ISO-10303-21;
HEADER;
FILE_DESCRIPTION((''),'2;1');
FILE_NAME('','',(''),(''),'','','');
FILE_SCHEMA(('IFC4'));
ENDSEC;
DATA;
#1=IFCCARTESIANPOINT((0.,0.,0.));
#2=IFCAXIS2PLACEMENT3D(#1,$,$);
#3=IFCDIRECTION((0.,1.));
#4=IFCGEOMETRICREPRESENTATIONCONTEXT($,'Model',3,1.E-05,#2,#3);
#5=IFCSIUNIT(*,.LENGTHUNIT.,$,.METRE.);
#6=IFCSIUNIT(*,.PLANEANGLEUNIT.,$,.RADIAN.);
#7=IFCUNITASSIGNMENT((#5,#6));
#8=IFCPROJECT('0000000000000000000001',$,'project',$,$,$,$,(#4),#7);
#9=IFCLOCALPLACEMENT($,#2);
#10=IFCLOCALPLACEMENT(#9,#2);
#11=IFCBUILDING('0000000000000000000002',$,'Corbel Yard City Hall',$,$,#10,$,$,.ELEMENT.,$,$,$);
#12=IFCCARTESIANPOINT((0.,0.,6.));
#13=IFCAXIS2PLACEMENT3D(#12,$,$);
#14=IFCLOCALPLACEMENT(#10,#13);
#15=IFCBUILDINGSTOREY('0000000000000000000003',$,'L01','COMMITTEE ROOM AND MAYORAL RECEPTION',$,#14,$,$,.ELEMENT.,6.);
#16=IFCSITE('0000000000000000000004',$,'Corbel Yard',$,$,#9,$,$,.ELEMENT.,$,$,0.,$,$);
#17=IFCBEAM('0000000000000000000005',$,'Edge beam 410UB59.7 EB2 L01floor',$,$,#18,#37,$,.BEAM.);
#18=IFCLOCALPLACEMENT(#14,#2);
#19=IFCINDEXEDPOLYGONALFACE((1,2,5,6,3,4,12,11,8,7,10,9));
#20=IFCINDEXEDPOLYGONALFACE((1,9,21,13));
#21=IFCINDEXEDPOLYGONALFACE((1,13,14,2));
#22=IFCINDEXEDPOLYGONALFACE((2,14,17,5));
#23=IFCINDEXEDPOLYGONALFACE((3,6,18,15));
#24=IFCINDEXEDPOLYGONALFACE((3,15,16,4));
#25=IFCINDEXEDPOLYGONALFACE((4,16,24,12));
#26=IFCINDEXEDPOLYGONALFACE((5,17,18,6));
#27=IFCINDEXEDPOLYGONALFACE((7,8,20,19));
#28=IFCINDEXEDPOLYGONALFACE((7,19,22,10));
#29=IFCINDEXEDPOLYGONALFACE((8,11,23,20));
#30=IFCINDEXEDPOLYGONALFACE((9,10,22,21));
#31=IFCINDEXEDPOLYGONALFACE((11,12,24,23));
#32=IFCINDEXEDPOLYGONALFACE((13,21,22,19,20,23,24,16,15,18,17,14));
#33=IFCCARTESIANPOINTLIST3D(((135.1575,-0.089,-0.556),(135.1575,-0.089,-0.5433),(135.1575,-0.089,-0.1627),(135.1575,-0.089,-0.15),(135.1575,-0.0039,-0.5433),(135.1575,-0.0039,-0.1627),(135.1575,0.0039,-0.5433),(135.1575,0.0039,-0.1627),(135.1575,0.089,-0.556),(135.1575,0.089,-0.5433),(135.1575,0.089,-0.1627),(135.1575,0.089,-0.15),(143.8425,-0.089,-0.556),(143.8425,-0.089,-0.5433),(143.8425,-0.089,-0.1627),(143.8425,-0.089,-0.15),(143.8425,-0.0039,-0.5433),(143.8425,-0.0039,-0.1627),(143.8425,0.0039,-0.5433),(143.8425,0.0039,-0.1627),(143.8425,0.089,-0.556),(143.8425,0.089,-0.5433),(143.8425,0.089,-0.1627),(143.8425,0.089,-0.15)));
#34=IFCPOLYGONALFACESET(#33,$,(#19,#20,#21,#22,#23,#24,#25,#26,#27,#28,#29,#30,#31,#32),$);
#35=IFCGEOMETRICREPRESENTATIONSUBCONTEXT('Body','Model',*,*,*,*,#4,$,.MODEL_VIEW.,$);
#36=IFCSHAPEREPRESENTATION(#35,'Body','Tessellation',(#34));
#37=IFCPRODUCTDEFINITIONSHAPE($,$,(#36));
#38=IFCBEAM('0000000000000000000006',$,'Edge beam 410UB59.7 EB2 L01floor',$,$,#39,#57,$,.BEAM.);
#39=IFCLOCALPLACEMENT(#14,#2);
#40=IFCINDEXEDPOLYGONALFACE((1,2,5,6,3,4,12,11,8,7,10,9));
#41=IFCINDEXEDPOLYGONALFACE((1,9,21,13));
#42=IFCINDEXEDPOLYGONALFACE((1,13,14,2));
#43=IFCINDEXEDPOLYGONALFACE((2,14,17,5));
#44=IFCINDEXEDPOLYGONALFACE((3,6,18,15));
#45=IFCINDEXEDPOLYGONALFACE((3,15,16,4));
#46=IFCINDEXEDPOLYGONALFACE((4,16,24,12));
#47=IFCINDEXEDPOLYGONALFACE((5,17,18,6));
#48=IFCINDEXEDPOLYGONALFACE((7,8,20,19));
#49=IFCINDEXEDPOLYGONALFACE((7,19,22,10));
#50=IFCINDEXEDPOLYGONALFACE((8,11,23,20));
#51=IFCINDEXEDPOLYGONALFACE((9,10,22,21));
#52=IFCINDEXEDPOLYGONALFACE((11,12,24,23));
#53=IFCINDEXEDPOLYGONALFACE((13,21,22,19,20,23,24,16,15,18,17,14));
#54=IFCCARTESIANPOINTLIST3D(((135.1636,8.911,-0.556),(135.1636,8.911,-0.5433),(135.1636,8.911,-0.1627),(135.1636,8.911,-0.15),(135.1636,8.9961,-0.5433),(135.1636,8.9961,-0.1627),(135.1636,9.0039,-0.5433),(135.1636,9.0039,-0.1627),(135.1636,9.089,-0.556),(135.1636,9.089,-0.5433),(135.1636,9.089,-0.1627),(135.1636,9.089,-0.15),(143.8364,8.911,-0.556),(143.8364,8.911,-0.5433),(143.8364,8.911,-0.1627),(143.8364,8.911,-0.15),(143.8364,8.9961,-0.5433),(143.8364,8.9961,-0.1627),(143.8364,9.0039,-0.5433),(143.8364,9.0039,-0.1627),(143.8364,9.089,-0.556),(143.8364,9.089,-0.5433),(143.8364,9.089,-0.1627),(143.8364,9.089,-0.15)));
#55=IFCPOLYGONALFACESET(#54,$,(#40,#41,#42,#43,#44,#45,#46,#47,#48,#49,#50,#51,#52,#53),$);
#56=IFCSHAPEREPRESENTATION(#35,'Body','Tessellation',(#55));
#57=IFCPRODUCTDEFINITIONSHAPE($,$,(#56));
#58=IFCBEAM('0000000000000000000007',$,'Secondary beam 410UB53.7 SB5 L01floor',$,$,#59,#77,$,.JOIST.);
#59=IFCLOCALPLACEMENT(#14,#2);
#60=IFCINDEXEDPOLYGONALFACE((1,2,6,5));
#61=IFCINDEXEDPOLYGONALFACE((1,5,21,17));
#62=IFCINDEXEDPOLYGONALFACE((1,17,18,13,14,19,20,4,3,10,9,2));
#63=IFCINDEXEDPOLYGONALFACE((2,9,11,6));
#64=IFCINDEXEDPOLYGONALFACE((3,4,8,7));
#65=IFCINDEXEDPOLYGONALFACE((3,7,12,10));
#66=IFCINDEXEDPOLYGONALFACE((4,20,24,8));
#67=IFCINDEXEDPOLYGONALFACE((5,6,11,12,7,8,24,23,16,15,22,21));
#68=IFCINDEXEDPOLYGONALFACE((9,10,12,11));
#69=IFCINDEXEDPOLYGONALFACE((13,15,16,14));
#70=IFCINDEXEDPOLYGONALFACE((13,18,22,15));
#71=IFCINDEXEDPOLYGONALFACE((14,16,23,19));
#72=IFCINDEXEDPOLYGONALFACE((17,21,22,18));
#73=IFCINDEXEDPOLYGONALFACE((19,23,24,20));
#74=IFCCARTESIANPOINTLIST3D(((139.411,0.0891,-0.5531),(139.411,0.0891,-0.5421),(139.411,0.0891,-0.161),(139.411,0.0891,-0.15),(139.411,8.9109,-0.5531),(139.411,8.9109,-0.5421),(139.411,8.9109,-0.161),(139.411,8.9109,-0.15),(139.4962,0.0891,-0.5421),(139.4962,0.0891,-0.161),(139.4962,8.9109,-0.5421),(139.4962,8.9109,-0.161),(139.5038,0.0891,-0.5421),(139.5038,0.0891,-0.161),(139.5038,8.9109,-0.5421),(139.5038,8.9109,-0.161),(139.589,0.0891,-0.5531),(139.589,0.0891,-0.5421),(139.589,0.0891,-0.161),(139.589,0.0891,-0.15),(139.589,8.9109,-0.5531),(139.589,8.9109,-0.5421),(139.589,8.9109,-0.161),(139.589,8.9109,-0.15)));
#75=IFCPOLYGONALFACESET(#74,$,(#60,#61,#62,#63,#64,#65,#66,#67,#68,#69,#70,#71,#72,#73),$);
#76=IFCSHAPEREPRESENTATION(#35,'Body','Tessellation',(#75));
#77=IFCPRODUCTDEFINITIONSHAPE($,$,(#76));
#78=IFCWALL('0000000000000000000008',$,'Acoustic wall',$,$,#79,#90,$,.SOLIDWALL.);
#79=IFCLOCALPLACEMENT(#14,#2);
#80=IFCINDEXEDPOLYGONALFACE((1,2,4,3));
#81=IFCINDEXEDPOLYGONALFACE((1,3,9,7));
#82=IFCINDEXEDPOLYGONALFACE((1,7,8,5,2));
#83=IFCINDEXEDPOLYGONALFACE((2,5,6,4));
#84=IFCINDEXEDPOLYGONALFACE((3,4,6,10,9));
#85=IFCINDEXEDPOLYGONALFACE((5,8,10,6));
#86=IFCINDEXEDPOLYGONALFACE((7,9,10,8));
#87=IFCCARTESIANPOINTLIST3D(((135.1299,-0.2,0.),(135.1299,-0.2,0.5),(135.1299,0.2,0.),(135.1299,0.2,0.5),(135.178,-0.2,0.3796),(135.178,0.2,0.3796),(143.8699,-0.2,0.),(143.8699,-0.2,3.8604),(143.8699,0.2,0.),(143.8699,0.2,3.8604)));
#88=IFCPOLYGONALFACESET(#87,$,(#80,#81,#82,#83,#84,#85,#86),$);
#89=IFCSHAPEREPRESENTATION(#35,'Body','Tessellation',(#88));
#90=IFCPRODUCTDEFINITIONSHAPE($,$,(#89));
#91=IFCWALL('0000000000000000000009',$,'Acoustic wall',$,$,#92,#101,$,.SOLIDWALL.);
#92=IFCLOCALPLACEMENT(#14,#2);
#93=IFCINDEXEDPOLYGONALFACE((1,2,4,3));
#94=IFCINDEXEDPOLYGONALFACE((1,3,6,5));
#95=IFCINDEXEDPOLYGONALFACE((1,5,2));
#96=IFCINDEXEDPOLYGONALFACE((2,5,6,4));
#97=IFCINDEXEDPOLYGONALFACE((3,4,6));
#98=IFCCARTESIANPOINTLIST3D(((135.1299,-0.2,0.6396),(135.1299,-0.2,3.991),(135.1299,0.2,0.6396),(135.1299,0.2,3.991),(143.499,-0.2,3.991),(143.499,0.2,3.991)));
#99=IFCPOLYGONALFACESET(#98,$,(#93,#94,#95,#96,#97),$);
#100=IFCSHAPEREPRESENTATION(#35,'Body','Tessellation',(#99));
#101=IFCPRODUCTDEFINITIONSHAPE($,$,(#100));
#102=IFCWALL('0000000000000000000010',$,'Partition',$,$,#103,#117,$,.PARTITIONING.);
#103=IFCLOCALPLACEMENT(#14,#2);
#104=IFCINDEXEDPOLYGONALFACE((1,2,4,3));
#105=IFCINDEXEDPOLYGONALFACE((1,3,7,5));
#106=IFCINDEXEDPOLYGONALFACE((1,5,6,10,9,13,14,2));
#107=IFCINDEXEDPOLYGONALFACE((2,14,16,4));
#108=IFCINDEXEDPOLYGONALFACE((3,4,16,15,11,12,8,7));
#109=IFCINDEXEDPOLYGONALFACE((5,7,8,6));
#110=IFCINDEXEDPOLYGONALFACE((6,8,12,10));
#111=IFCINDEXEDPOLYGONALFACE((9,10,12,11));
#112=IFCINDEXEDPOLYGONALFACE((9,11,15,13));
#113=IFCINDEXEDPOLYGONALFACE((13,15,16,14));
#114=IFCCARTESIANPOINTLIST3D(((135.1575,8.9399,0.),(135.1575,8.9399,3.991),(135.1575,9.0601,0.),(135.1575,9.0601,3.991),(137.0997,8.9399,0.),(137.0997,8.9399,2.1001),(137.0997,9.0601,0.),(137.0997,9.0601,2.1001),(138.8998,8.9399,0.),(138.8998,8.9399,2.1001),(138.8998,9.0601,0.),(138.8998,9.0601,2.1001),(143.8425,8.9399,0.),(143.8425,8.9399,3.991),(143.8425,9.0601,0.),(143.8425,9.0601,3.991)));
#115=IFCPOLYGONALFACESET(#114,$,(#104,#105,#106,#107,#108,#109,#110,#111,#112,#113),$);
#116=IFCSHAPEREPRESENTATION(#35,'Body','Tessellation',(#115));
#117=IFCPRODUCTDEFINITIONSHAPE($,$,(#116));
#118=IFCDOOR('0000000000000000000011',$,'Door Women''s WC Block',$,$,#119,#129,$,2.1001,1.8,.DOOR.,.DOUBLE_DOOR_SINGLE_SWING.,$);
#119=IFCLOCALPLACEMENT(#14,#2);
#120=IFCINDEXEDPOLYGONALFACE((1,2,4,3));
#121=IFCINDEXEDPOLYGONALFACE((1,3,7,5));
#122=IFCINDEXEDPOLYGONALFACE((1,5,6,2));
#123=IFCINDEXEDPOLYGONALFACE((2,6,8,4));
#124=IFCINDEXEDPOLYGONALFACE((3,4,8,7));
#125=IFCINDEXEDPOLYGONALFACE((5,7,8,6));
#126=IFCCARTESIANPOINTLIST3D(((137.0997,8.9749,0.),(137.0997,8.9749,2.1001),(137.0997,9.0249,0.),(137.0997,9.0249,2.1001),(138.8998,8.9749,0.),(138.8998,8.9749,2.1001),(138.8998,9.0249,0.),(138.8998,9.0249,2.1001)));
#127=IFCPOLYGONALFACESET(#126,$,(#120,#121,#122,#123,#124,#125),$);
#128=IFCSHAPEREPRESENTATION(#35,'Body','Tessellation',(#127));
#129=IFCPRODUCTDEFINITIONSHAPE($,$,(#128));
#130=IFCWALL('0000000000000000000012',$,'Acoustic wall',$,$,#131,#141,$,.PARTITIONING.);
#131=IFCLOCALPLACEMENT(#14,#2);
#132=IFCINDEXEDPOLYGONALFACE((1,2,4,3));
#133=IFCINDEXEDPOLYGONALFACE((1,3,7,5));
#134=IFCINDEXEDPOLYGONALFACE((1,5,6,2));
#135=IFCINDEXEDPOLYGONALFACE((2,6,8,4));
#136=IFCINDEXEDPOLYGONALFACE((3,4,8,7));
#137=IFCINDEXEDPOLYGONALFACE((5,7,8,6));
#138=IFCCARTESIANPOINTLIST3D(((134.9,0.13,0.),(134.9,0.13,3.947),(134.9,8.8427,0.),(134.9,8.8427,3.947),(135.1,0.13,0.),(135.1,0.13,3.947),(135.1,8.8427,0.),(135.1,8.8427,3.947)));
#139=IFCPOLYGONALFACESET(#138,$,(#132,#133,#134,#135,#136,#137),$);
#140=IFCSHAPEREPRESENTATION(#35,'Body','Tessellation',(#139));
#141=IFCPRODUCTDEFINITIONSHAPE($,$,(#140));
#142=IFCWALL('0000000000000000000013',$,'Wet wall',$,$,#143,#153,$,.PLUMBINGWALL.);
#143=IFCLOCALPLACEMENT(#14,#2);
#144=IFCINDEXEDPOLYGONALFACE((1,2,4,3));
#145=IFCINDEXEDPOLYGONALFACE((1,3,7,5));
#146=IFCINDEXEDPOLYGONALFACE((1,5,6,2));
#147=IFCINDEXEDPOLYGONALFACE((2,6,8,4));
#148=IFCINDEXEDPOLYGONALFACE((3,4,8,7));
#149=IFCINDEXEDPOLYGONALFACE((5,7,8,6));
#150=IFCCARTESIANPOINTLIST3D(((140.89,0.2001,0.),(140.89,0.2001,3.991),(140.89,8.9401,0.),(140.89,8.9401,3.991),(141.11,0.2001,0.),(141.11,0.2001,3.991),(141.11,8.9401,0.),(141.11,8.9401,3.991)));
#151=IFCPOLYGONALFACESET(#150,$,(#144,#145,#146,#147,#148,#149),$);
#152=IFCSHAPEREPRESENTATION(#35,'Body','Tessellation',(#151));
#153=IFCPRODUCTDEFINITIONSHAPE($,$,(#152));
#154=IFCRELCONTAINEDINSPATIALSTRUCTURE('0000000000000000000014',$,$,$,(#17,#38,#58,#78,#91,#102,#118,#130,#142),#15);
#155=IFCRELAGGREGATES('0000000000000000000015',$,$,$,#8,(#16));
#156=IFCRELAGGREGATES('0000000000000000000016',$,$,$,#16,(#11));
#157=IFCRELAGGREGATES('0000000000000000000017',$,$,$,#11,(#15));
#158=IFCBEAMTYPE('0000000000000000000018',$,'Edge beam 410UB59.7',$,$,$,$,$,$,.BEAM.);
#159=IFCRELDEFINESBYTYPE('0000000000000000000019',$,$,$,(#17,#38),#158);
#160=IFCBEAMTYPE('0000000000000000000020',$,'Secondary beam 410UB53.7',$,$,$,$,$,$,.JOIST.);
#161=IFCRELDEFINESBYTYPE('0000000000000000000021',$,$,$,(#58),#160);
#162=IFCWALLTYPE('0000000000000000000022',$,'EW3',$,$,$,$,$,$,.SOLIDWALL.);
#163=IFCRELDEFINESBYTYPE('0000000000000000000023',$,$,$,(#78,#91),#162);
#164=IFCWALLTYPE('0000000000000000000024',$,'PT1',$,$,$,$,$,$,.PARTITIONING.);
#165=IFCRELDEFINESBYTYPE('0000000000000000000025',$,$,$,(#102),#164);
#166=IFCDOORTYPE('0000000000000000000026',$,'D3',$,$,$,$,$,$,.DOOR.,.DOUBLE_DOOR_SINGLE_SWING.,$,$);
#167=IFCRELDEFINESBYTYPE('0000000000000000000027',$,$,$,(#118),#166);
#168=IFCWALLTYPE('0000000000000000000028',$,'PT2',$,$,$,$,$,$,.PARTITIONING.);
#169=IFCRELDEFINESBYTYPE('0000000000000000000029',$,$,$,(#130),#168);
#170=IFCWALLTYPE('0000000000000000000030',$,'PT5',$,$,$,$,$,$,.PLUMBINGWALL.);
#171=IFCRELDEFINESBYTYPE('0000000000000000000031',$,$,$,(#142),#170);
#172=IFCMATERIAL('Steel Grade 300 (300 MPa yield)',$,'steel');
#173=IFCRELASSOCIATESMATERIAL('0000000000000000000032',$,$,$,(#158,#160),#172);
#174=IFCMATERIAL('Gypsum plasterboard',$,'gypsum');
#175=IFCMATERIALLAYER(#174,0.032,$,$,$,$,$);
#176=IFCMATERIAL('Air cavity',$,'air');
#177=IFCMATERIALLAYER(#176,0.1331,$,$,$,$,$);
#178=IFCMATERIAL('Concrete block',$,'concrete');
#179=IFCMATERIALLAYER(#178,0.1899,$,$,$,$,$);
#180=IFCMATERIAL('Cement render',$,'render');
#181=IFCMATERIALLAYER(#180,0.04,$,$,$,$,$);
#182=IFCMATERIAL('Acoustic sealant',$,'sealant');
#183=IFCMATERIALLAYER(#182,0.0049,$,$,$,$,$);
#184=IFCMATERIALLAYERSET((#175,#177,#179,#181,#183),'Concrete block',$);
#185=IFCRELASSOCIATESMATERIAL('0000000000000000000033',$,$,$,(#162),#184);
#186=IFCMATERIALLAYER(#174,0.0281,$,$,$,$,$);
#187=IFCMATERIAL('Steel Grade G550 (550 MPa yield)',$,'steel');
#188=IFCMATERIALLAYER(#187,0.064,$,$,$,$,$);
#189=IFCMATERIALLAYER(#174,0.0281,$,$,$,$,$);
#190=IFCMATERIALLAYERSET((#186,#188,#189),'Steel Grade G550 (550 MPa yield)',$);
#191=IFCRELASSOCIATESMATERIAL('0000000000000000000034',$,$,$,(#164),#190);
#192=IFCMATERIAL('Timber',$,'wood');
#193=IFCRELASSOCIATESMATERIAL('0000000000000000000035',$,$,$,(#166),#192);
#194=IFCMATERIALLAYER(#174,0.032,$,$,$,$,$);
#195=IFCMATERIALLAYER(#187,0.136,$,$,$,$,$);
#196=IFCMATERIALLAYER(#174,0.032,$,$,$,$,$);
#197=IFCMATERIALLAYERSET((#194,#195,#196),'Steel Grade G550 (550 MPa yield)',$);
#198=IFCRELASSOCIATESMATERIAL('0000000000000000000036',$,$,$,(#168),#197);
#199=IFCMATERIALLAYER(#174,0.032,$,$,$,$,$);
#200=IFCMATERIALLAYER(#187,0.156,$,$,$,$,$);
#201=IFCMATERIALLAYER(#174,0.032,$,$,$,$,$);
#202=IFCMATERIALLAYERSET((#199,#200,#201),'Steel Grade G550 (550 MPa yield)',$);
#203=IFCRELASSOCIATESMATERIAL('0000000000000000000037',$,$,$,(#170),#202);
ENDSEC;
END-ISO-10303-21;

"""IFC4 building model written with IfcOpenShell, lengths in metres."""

from ifc_helpers import new_model, si_unit, direction, frame, frame_2d, origin, origin_2d, place, context, subcontext, project, spatial, polyline, rectangle, i_section, outline, extrude, material, layer, layer_set, material_profile, profile_set, type_object, element, fill, save


model = new_model("IFC4")

# Units and contexts
model_context = context("Model", 3, precision=1e-05, world=origin(), true_north=direction((0.0, 1.0)))
body_context = subcontext(model_context, "Body", "Model", "MODEL_VIEW")
ifc_project = project(units=[si_unit("LENGTHUNIT", "METRE"), si_unit("PLANEANGLEUNIT", "RADIAN")], contexts=[model_context])

# Site, building, storey
site_placement = place(None, origin())
site = spatial("IfcSite", under=ifc_project, at=site_placement, Name="Corbel Yard", CompositionType="ELEMENT", RefElevation=0.0)
building_placement = place(site_placement, origin())
building = spatial("IfcBuilding", under=site, at=building_placement, Name="Corbel Yard City Hall", CompositionType="ELEMENT")
storey_placement = place(building_placement, frame((0.0, 0.0, 6.0)))
storey = spatial("IfcBuildingStorey", under=building, at=storey_placement, Name="L01", Description="COMMITTEE ROOM AND MAYORAL RECEPTION", CompositionType="ELEMENT", Elevation=6.0)

# Shared definitions
ifc_material_1 = material(Name="Steel Grade 300 (300 MPa yield)", Category="steel")

# Beams
ifc_material_profile_1 = material_profile(ifc_material_1, i_section(OverallWidth=0.178, OverallDepth=0.406, WebThickness=0.0078, FlangeThickness=0.0127, at=origin_2d()), Name="410UB59.7")
ifc_profile_set_1 = profile_set([ifc_material_profile_1], Name="Steel Grade 300 (300 MPa yield)")
beam_type_1 = type_object("IfcBeamType", Name="Edge beam 410UB59.7", PredefinedType="BEAM", material=ifc_profile_set_1)
beam_1_placement = place(storey_placement, frame((135.1575, 0.0, -0.353), z_axis=(1.0, 0.0, 0.0), x_axis=(0.0, 1.0, 0.0)))
element("IfcBeam", 1, at=beam_1_placement, inside=storey, type_object=beam_type_1, Name="Edge beam 410UB59.7 EB2 L01floor", PredefinedType="BEAM", context=body_context, shape_type="SweptSolid", body=[
    extrude(i_section(OverallWidth=0.178, OverallDepth=0.406, WebThickness=0.0078, FlangeThickness=0.0127, at=origin_2d()), origin(), (0.0, 0.0, 1.0), 8.6851),
])
beam_2_placement = place(storey_placement, frame((135.1636, 9.0, -0.353), z_axis=(1.0, 0.0, 0.0), x_axis=(0.0, 1.0, 0.0)))
element("IfcBeam", 2, at=beam_2_placement, inside=storey, type_object=beam_type_1, Name="Edge beam 410UB59.7 EB2 L01floor", PredefinedType="BEAM", context=body_context, shape_type="SweptSolid", body=[
    extrude(i_section(OverallWidth=0.178, OverallDepth=0.406, WebThickness=0.0078, FlangeThickness=0.0127, at=origin_2d()), origin(), (0.0, 0.0, 1.0), 8.6729),
])
ifc_material_profile_2 = material_profile(ifc_material_1, i_section(OverallWidth=0.178, OverallDepth=0.4031, WebThickness=0.0076, FlangeThickness=0.011, at=origin_2d()), Name="410UB53.7")
ifc_profile_set_2 = profile_set([ifc_material_profile_2], Name="Steel Grade 300 (300 MPa yield)")
beam_type_2 = type_object("IfcBeamType", Name="Secondary beam 410UB53.7", PredefinedType="JOIST", material=ifc_profile_set_2)
beam_3_placement = place(storey_placement, frame((139.5, 0.0891, -0.3516), z_axis=(0.0, 1.0, 0.0), x_axis=(-1.0, 0.0, 0.0)))
element("IfcBeam", 3, at=beam_3_placement, inside=storey, type_object=beam_type_2, Name="Secondary beam 410UB53.7 SB5 L01floor", PredefinedType="JOIST", context=body_context, shape_type="SweptSolid", body=[
    extrude(i_section(OverallWidth=0.178, OverallDepth=0.4031, WebThickness=0.0076, FlangeThickness=0.011, at=origin_2d()), origin(), (0.0, 0.0, 1.0), 8.8218),
])

# Walls
ifc_material_2 = material(Name="Gypsum plasterboard", Category="gypsum")
ifc_layer_1 = layer(ifc_material_2, 0.032)
ifc_material_3 = material(Name="Air cavity", Category="air")
ifc_layer_2 = layer(ifc_material_3, 0.1331)
ifc_material_4 = material(Name="Concrete block", Category="concrete")
ifc_layer_3 = layer(ifc_material_4, 0.1899)
ifc_material_5 = material(Name="Cement render", Category="render")
ifc_layer_4 = layer(ifc_material_5, 0.04)
ifc_material_6 = material(Name="Acoustic sealant", Category="sealant")
ifc_layer_5 = layer(ifc_material_6, 0.0049)
ifc_layer_set_1 = layer_set([ifc_layer_1, ifc_layer_2, ifc_layer_3, ifc_layer_4, ifc_layer_5], Name="Concrete block")
wall_type_1 = type_object("IfcWallType", Name="EW3", PredefinedType="SOLIDWALL", material=ifc_layer_set_1)
wall_1_placement = place(storey_placement, frame((135.1299, 0.0, 0.0), z_axis=(0.0, 0.0, 1.0), x_axis=(1.0, 0.0, 0.0)))
element("IfcWall", 4, at=wall_1_placement, inside=storey, type_object=wall_type_1, Name="Acoustic wall", PredefinedType="SOLIDWALL", context=body_context, shape_type="SweptSolid", body=[
    extrude(outline(polyline([(8.74, 0.0), (0.0, 0.0), (0.0, 0.5), (0.0481, 0.3796), (8.74, 3.8604), (8.74, 0.0)])), frame((0.0, 0.2, 0.0), z_axis=(0.0, -1.0, 0.0), x_axis=(1.0, 0.0, 0.0)), (0.0, 0.0, 1.0), 0.3999),
])
wall_2_placement = place(storey_placement, frame((135.1299, 0.0, 0.0), z_axis=(0.0, 0.0, 1.0), x_axis=(1.0, 0.0, 0.0)))
element("IfcWall", 5, at=wall_2_placement, inside=storey, type_object=wall_type_1, Name="Acoustic wall", PredefinedType="SOLIDWALL", context=body_context, shape_type="SweptSolid", body=[
    extrude(outline(polyline([(0.0, 3.991), (8.3691, 3.991), (0.0, 0.6396), (0.0, 3.991)])), frame((0.0, 0.2, 0.0), z_axis=(0.0, -1.0, 0.0), x_axis=(1.0, 0.0, 0.0)), (0.0, 0.0, 1.0), 0.3999),
])

# Wall, opening, door
ifc_layer_6 = layer(ifc_material_2, 0.0281)
ifc_material_7 = material(Name="Steel Grade G550 (550 MPa yield)", Category="steel")
ifc_layer_7 = layer(ifc_material_7, 0.064)
ifc_layer_8 = layer(ifc_material_2, 0.0281)
ifc_layer_set_2 = layer_set([ifc_layer_6, ifc_layer_7, ifc_layer_8], Name="Steel Grade G550 (550 MPa yield)")
wall_type_2 = type_object("IfcWallType", Name="PT1", PredefinedType="PARTITIONING", material=ifc_layer_set_2)
wall_3_placement = place(storey_placement, frame((135.1575, 9.0, 0.0), z_axis=(0.0, 0.0, 1.0), x_axis=(1.0, 0.0, 0.0)))
wall_3 = element("IfcWall", 6, at=wall_3_placement, inside=storey, type_object=wall_type_2, Name="Partition", PredefinedType="PARTITIONING", context=body_context, shape_type="SweptSolid", body=[
    extrude(rectangle(XDim=8.6851, YDim=0.1201, at=frame_2d((4.3425, 0.0))), origin(), (0.0, 0.0, 1.0), 3.991),
])
opening_placement = place(wall_3_placement, frame((1.9424, 0.0, 0.0)))
opening = element("IfcOpeningElement", 7, at=opening_placement, cuts=wall_3, PredefinedType="OPENING", context=body_context, shape_type="SweptSolid", body=[
    extrude(rectangle(XDim=1.8, YDim=2.1001, at=frame_2d((0.8999, 1.05))), frame((0.0, 0.0701, 0.0), z_axis=(0.0, -1.0, 0.0), x_axis=(1.0, 0.0, 0.0)), (0.0, 0.0, 1.0), 0.1401),
])
ifc_material_8 = material(Name="Timber", Category="wood")
door_type = type_object("IfcDoorType", Name="D3", OperationType="DOUBLE_DOOR_SINGLE_SWING", PredefinedType="DOOR", material=ifc_material_8)
door_placement = place(opening_placement, origin())
door = element("IfcDoor", 8, at=door_placement, inside=storey, type_object=door_type, Name="Door Women's WC Block", OperationType="DOUBLE_DOOR_SINGLE_SWING", OverallHeight=2.1001, OverallWidth=1.8, PredefinedType="DOOR", context=body_context, shape_type="SweptSolid", body=[
    extrude(rectangle(XDim=1.8, YDim=2.1001, at=frame_2d((0.8999, 1.05))), frame((0.0, 0.0249, 0.0), z_axis=(0.0, -1.0, 0.0), x_axis=(1.0, 0.0, 0.0)), (0.0, 0.0, 1.0), 0.05),
])
fill(opening, door)

# Walls
ifc_layer_9 = layer(ifc_material_2, 0.032)
ifc_layer_10 = layer(ifc_material_7, 0.136)
ifc_layer_11 = layer(ifc_material_2, 0.032)
ifc_layer_set_3 = layer_set([ifc_layer_9, ifc_layer_10, ifc_layer_11], Name="Steel Grade G550 (550 MPa yield)")
wall_type_3 = type_object("IfcWallType", Name="PT2", PredefinedType="PARTITIONING", material=ifc_layer_set_3)
wall_4_placement = place(storey_placement, frame((135.0, 0.1299, 0.0), z_axis=(0.0, 0.0, 1.0), x_axis=(0.0, 1.0, 0.0)))
element("IfcWall", 9, at=wall_4_placement, inside=storey, type_object=wall_type_3, Name="Acoustic wall", PredefinedType="PARTITIONING", context=body_context, shape_type="SweptSolid", body=[
    extrude(rectangle(XDim=8.7126, YDim=0.2, at=frame_2d((4.3564, 0.0))), origin(), (0.0, 0.0, 1.0), 3.947),
])
ifc_layer_12 = layer(ifc_material_2, 0.032)
ifc_layer_13 = layer(ifc_material_7, 0.156)
ifc_layer_14 = layer(ifc_material_2, 0.032)
ifc_layer_set_4 = layer_set([ifc_layer_12, ifc_layer_13, ifc_layer_14], Name="Steel Grade G550 (550 MPa yield)")
wall_type_4 = type_object("IfcWallType", Name="PT5", PredefinedType="PLUMBINGWALL", material=ifc_layer_set_4)
wall_5_placement = place(storey_placement, frame((141.0, 0.2, 0.0), z_axis=(0.0, 0.0, 1.0), x_axis=(0.0, 1.0, 0.0)))
element("IfcWall", 10, at=wall_5_placement, inside=storey, type_object=wall_type_4, Name="Wet wall", PredefinedType="PLUMBINGWALL", context=body_context, shape_type="SweptSolid", body=[
    extrude(rectangle(XDim=8.74, YDim=0.22, at=frame_2d((4.3701, 0.0))), origin(), (0.0, 0.0, 1.0), 3.991),
])

save(model, "model.ifc")
